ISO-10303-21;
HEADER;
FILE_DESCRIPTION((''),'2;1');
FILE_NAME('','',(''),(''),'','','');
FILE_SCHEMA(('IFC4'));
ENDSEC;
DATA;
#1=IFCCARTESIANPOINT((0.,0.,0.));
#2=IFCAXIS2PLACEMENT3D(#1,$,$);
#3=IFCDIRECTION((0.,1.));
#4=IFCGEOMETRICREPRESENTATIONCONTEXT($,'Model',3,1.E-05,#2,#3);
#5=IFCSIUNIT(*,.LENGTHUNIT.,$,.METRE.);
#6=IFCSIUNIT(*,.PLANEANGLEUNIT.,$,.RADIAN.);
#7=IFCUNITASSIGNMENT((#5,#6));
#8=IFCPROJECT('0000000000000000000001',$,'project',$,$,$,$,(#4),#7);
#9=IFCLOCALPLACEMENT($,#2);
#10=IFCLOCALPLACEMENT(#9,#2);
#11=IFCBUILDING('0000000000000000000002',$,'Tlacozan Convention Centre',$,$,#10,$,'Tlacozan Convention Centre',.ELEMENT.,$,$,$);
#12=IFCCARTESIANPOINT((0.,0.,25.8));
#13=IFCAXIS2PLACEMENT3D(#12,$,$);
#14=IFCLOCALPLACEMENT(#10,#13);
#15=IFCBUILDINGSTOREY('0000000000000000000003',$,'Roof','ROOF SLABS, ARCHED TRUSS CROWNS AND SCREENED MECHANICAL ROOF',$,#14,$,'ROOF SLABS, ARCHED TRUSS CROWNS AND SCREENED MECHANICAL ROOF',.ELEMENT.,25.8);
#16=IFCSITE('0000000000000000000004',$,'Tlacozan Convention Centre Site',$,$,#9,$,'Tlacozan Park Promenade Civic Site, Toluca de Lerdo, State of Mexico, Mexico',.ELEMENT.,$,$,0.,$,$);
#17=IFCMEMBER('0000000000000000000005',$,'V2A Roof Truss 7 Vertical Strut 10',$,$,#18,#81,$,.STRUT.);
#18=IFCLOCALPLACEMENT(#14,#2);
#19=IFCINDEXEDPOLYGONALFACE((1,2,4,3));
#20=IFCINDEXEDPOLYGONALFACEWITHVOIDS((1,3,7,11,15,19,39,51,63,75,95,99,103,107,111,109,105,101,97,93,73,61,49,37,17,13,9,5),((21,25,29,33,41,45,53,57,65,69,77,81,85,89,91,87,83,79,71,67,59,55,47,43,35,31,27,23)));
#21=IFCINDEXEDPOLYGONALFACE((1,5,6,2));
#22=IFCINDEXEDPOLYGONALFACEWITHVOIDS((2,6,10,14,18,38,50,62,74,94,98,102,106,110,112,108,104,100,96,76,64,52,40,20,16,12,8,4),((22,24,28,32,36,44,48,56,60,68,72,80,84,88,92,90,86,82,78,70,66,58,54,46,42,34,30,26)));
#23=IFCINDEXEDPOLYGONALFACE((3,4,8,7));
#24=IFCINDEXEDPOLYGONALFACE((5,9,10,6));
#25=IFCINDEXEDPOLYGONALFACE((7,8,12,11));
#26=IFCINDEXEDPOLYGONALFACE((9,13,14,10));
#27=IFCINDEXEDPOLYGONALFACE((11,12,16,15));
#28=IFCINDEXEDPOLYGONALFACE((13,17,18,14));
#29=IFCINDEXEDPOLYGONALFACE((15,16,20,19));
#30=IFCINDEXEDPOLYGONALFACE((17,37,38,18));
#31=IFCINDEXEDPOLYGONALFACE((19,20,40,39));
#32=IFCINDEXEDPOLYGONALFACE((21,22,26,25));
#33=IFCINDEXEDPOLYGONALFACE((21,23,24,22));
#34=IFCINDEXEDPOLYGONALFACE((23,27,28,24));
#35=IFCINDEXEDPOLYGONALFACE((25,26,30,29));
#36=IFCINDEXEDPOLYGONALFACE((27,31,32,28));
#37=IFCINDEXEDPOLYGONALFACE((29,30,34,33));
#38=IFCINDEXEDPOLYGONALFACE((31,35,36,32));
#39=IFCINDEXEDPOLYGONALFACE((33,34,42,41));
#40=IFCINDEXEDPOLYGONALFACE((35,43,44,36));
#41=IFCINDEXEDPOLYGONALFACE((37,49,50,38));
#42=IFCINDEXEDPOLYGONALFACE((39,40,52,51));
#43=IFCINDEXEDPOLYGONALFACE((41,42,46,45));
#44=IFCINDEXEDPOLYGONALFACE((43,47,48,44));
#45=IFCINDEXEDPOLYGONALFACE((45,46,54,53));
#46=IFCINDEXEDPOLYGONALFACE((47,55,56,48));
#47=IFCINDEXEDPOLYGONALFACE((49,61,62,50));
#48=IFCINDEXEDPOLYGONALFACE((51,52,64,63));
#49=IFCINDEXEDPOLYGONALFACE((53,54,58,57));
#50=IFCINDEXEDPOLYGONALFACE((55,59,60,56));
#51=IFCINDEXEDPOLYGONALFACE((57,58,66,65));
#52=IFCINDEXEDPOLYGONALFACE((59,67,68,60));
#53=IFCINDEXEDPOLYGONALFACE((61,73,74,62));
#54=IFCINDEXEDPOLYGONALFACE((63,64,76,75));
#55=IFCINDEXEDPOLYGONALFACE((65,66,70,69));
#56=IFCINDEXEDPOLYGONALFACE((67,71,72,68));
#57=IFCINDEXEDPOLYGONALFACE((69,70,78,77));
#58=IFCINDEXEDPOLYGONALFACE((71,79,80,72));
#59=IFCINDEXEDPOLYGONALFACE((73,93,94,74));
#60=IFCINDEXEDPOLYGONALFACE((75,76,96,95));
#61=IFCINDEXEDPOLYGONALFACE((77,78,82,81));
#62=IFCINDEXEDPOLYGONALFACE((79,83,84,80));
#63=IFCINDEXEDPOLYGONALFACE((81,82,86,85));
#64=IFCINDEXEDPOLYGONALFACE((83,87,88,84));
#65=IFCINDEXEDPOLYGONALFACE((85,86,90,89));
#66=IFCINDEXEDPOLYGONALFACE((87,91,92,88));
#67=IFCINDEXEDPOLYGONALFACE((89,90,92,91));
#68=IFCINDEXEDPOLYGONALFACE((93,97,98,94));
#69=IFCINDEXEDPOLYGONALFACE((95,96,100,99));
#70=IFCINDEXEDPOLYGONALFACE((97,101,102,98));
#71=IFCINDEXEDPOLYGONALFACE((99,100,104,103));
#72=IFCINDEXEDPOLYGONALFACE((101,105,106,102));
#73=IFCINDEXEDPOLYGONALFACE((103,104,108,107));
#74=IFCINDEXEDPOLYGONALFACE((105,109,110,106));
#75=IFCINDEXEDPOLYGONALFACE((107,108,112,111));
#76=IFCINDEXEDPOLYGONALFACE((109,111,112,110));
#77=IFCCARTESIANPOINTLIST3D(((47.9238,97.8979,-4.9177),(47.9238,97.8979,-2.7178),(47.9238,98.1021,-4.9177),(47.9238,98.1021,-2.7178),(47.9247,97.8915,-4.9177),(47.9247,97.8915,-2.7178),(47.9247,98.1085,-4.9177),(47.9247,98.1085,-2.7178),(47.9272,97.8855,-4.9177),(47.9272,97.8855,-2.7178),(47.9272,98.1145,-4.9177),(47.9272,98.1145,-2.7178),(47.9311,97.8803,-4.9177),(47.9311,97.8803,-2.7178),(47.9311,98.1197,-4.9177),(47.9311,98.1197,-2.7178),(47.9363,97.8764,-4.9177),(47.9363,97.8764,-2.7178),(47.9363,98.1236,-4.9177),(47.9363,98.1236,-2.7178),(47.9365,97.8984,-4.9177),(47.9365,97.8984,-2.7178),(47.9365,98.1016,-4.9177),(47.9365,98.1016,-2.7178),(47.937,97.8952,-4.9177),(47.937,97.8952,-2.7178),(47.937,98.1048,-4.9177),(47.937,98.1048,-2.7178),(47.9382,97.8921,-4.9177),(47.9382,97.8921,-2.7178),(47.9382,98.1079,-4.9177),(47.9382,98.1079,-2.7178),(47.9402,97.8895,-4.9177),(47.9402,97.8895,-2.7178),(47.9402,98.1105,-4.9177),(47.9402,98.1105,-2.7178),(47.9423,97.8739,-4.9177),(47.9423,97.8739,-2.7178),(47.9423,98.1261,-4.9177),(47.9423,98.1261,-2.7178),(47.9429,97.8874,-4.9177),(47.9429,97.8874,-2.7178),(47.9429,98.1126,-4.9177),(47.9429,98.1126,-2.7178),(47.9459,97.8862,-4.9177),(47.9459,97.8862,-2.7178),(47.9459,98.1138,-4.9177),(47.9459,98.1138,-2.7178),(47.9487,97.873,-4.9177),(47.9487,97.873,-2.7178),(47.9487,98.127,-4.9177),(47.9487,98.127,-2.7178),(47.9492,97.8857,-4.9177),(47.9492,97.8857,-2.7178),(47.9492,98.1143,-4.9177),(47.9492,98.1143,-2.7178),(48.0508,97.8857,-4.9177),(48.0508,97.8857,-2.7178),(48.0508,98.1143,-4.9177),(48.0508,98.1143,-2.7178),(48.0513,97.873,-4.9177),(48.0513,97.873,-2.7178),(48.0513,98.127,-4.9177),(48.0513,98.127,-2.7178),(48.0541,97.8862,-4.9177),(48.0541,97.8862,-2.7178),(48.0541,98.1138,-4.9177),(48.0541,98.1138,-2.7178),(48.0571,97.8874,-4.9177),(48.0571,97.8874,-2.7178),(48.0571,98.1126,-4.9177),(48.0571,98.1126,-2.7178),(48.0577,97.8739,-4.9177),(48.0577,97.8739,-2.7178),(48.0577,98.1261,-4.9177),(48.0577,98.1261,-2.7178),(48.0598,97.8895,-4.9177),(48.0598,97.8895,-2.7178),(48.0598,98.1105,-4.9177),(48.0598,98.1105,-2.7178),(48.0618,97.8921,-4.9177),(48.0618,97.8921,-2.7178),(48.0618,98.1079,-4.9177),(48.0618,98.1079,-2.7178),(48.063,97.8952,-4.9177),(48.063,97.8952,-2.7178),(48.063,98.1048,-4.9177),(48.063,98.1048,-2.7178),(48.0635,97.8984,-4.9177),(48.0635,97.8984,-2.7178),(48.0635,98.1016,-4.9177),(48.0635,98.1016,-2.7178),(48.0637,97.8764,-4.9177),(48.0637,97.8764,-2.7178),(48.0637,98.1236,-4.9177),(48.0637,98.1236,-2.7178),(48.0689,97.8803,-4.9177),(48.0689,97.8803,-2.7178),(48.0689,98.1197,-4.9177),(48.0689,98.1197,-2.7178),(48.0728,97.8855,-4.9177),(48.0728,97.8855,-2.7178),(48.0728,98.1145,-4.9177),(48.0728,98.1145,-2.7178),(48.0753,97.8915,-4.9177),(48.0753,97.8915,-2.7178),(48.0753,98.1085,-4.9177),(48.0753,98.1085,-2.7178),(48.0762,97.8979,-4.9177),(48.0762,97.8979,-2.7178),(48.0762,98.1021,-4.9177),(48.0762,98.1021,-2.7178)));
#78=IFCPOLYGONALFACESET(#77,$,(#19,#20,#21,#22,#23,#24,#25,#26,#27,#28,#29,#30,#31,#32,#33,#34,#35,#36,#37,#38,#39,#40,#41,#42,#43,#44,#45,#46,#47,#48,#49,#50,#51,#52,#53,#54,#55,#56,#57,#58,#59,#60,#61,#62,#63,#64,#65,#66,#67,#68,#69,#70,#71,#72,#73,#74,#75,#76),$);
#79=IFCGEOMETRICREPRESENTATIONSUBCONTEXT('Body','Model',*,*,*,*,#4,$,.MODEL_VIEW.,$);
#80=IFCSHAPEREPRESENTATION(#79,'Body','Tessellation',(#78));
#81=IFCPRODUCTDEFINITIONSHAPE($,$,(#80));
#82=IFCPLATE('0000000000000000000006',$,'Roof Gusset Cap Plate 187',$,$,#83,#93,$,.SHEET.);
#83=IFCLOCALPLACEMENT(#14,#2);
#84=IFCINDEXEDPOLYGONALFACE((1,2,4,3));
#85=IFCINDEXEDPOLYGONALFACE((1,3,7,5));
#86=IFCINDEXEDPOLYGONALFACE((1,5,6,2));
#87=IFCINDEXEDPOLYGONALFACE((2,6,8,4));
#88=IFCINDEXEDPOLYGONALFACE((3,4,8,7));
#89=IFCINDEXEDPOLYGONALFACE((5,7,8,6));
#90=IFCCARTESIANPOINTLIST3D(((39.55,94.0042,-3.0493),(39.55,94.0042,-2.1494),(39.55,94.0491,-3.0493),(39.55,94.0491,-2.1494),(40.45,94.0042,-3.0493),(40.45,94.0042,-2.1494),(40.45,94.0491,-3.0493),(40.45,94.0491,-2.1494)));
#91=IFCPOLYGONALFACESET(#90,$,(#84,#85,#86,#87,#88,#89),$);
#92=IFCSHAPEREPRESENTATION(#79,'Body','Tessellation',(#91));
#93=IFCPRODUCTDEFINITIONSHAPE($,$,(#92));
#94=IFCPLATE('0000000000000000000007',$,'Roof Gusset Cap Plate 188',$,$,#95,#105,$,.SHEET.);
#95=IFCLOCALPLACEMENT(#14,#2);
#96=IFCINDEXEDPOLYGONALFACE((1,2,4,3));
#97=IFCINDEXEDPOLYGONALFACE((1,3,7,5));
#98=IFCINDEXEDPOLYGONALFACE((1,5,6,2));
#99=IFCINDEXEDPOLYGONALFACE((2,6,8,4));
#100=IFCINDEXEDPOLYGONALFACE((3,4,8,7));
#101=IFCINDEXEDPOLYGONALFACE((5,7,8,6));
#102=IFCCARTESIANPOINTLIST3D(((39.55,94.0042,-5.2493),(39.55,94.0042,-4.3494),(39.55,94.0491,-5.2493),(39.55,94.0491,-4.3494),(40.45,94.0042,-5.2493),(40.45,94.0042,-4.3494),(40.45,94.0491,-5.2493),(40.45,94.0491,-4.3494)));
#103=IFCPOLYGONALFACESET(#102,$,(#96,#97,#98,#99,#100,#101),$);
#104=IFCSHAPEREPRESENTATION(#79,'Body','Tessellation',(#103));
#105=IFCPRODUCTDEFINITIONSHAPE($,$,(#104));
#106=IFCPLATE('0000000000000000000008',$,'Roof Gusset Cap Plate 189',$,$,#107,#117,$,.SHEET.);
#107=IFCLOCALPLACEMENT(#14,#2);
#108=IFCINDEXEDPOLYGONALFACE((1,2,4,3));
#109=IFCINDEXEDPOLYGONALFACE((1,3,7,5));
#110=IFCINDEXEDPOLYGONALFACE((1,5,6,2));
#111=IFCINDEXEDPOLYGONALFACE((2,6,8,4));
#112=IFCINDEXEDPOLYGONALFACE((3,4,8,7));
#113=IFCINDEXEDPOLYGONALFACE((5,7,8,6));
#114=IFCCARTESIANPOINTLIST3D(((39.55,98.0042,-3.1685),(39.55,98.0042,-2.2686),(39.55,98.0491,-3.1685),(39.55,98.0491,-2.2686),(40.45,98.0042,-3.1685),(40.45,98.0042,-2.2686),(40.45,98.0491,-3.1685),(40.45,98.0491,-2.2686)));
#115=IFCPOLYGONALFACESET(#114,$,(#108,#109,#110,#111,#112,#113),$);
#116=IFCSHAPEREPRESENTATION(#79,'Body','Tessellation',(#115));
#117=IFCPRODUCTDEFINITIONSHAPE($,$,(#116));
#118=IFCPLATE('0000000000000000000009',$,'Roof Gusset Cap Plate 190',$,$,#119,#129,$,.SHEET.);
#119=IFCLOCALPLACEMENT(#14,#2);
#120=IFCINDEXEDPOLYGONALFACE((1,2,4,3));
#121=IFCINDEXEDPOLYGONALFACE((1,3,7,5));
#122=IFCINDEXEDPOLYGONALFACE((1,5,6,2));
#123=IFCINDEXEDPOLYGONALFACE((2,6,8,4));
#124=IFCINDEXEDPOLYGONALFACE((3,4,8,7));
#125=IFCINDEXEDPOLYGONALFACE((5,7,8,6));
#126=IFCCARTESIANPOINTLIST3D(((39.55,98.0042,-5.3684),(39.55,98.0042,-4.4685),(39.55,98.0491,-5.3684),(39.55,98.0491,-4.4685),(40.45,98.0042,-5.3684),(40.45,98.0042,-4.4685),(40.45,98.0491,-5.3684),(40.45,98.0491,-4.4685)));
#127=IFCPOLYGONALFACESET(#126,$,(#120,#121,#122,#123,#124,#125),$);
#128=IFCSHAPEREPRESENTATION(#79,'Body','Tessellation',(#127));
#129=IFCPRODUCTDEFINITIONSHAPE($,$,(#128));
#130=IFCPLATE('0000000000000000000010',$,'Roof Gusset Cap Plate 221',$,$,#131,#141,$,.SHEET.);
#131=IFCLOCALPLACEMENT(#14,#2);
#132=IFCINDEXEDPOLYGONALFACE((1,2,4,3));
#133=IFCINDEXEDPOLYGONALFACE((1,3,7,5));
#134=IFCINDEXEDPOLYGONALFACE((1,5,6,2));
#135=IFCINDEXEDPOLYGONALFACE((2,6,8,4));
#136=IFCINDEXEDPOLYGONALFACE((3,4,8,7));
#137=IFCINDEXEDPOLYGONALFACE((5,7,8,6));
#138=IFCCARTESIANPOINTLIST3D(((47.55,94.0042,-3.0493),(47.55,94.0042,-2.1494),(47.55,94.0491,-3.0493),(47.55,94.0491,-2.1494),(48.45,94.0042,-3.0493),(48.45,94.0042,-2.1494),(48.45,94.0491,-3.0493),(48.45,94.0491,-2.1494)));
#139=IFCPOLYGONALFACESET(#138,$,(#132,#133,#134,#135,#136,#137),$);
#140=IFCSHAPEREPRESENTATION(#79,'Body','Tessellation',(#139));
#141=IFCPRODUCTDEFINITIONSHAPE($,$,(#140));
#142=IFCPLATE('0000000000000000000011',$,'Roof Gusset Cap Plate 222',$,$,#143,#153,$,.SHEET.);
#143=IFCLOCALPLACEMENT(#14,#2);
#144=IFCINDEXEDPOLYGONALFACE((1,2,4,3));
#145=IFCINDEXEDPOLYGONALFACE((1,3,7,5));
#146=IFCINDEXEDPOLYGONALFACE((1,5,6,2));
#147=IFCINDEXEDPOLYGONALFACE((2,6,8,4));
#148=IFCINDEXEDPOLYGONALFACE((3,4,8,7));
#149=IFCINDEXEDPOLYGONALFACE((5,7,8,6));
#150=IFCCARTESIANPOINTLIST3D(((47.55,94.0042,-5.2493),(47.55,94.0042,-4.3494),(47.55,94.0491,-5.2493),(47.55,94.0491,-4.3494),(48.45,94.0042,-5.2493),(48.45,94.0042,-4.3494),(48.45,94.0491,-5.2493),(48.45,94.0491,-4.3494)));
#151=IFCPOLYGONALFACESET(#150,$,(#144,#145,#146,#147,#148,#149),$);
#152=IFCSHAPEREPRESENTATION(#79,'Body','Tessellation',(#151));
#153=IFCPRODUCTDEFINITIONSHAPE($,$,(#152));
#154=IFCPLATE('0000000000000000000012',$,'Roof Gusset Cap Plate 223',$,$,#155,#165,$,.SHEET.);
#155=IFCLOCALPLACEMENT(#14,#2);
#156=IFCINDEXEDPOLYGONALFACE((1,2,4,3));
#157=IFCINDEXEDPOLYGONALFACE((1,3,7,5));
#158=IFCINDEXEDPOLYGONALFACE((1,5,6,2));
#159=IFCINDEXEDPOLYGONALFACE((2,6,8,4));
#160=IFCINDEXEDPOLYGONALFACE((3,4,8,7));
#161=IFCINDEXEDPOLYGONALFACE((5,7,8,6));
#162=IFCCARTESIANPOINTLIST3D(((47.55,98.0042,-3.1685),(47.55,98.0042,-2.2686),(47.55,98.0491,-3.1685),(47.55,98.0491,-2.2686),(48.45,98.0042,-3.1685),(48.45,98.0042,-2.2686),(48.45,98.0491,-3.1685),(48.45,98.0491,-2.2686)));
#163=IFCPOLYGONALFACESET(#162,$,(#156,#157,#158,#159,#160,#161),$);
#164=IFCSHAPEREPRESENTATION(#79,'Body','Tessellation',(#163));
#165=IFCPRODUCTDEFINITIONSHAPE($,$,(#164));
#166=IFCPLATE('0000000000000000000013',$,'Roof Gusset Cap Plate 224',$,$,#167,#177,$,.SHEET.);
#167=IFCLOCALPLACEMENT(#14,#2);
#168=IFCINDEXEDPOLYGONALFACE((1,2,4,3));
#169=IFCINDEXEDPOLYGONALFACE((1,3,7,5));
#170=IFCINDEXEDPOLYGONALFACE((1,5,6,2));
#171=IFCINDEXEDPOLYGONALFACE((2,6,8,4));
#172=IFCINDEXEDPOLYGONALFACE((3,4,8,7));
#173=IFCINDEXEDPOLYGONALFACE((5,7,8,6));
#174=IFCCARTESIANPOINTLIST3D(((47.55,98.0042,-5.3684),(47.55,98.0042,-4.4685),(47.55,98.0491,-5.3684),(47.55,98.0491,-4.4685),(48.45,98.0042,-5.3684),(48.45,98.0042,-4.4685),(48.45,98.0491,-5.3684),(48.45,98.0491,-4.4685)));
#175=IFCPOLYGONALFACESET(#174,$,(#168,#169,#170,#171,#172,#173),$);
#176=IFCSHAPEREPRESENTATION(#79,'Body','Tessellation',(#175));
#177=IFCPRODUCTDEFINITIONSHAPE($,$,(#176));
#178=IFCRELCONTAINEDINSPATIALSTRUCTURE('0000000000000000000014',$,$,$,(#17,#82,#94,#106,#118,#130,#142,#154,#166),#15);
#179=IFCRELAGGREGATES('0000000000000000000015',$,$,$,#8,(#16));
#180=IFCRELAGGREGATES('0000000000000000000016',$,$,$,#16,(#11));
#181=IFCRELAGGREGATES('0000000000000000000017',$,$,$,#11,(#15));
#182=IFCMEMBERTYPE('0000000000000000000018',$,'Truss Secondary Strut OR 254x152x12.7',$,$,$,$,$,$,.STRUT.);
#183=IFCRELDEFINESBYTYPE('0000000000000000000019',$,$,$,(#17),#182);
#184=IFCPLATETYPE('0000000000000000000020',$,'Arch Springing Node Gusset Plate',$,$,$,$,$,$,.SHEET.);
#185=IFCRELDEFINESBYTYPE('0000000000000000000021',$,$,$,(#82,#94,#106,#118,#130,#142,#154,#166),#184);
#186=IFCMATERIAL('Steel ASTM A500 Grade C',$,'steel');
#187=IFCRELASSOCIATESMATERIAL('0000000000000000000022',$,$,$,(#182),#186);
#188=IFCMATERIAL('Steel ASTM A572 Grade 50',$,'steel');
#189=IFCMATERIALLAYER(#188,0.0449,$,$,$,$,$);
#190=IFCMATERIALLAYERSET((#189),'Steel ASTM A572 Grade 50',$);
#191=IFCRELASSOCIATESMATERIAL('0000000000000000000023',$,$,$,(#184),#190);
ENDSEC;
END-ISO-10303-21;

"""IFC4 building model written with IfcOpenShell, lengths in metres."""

from ifc_helpers import new_model, si_unit, direction, frame, origin, origin_2d, place, context, subcontext, project, spatial, rectangle, hollow_rectangle, extrude, material, layer, layer_set, material_profile, profile_set, type_object, element, save


model = new_model("IFC4")

# Units and contexts
model_context = context("Model", 3, precision=1e-05, world=origin(), true_north=direction((0.0, 1.0)))
body_context = subcontext(model_context, "Body", "Model", "MODEL_VIEW")
ifc_project = project(units=[si_unit("LENGTHUNIT", "METRE"), si_unit("PLANEANGLEUNIT", "RADIAN")], contexts=[model_context])

# Site, building, storey
site_placement = place(None, origin())
site = spatial("IfcSite", under=ifc_project, at=site_placement, Name="Tlacozan Convention Centre Site", LongName="Tlacozan Park Promenade Civic Site, Toluca de Lerdo, State of Mexico, Mexico", CompositionType="ELEMENT", RefElevation=0.0)
building_placement = place(site_placement, origin())
building = spatial("IfcBuilding", under=site, at=building_placement, Name="Tlacozan Convention Centre", LongName="Tlacozan Convention Centre", CompositionType="ELEMENT")
storey_placement = place(building_placement, frame((0.0, 0.0, 25.8)))
storey = spatial("IfcBuildingStorey", under=building, at=storey_placement, Name="Roof", Description="ROOF SLABS, ARCHED TRUSS CROWNS AND SCREENED MECHANICAL ROOF", LongName="ROOF SLABS, ARCHED TRUSS CROWNS AND SCREENED MECHANICAL ROOF", CompositionType="ELEMENT", Elevation=25.8)

# Member
ifc_material_1 = material(Name="Steel ASTM A500 Grade C", Category="steel")
ifc_material_profile_1 = material_profile(ifc_material_1, hollow_rectangle(XDim=0.1523, YDim=0.2539, WallThickness=0.0127, InnerFilletRadius=0.0127, OuterFilletRadius=0.0249, at=origin_2d()), Name="OR 254x152x12.7")
ifc_profile_set_1 = profile_set([ifc_material_profile_1], Name="Steel ASTM A500 Grade C")
member_type_1 = type_object("IfcMemberType", Name="Truss Secondary Strut OR 254x152x12.7", PredefinedType="STRUT", material=ifc_profile_set_1)
for number, where, z_axis, x_axis, name in (
    (1, (48.0, 98.0, -4.9177), (0.0, 0.0, 1.0), (1.0, 0.0, 0.0), "V2A Roof Truss 7 Vertical Strut 10"),
):
    element("IfcMember", number, at=place(storey_placement, frame(where, z_axis=z_axis, x_axis=x_axis)), inside=storey, type_object=member_type_1, Name=name, PredefinedType="STRUT", context=body_context, shape_type="SweptSolid", body=[
        extrude(hollow_rectangle(XDim=0.1523, YDim=0.2539, WallThickness=0.0127, InnerFilletRadius=0.0127, OuterFilletRadius=0.0249, at=origin_2d()), origin(), (0.0, 0.0, 1.0), 2.2),
    ])

# Plates
ifc_material_2 = material(Name="Steel ASTM A572 Grade 50", Category="steel")
ifc_layer = layer(ifc_material_2, 0.0449)
ifc_layer_set = layer_set([ifc_layer], Name="Steel ASTM A572 Grade 50")
plate_type = type_object("IfcPlateType", Name="Arch Springing Node Gusset Plate", PredefinedType="SHEET", material=ifc_layer_set)
for number, where, z_axis, x_axis, name in (
    (2, (40.0, 94.0266, -3.0493), (0.0, 0.0, 1.0), (0.0, 1.0, 0.0), "Roof Gusset Cap Plate 187"),
    (3, (40.0, 94.0266, -5.2493), (0.0, 0.0, 1.0), (0.0, 1.0, 0.0), "Roof Gusset Cap Plate 188"),
    (4, (40.0, 98.0266, -3.1685), (0.0, 0.0, 1.0), (0.0, 1.0, 0.0), "Roof Gusset Cap Plate 189"),
    (5, (40.0, 98.0266, -5.3684), (0.0, 0.0, 1.0), (0.0, 1.0, 0.0), "Roof Gusset Cap Plate 190"),
    (6, (48.0, 94.0266, -3.0493), (0.0, 0.0, 1.0), (0.0, 1.0, 0.0), "Roof Gusset Cap Plate 221"),
    (7, (48.0, 94.0266, -5.2493), (0.0, 0.0, 1.0), (0.0, 1.0, 0.0), "Roof Gusset Cap Plate 222"),
    (8, (48.0, 98.0266, -3.1685), (0.0, 0.0, 1.0), (0.0, 1.0, 0.0), "Roof Gusset Cap Plate 223"),
    (9, (48.0, 98.0266, -5.3684), (0.0, 0.0, 1.0), (0.0, 1.0, 0.0), "Roof Gusset Cap Plate 224"),
):
    element("IfcPlate", number, at=place(storey_placement, frame(where, z_axis=z_axis, x_axis=x_axis)), inside=storey, type_object=plate_type, Name=name, PredefinedType="SHEET", context=body_context, shape_type="SweptSolid", body=[
        extrude(rectangle(XDim=0.0449, YDim=0.8999, at=origin_2d()), origin(), (0.0, 0.0, 1.0), 0.8999),
    ])

save(model, "model.ifc")
